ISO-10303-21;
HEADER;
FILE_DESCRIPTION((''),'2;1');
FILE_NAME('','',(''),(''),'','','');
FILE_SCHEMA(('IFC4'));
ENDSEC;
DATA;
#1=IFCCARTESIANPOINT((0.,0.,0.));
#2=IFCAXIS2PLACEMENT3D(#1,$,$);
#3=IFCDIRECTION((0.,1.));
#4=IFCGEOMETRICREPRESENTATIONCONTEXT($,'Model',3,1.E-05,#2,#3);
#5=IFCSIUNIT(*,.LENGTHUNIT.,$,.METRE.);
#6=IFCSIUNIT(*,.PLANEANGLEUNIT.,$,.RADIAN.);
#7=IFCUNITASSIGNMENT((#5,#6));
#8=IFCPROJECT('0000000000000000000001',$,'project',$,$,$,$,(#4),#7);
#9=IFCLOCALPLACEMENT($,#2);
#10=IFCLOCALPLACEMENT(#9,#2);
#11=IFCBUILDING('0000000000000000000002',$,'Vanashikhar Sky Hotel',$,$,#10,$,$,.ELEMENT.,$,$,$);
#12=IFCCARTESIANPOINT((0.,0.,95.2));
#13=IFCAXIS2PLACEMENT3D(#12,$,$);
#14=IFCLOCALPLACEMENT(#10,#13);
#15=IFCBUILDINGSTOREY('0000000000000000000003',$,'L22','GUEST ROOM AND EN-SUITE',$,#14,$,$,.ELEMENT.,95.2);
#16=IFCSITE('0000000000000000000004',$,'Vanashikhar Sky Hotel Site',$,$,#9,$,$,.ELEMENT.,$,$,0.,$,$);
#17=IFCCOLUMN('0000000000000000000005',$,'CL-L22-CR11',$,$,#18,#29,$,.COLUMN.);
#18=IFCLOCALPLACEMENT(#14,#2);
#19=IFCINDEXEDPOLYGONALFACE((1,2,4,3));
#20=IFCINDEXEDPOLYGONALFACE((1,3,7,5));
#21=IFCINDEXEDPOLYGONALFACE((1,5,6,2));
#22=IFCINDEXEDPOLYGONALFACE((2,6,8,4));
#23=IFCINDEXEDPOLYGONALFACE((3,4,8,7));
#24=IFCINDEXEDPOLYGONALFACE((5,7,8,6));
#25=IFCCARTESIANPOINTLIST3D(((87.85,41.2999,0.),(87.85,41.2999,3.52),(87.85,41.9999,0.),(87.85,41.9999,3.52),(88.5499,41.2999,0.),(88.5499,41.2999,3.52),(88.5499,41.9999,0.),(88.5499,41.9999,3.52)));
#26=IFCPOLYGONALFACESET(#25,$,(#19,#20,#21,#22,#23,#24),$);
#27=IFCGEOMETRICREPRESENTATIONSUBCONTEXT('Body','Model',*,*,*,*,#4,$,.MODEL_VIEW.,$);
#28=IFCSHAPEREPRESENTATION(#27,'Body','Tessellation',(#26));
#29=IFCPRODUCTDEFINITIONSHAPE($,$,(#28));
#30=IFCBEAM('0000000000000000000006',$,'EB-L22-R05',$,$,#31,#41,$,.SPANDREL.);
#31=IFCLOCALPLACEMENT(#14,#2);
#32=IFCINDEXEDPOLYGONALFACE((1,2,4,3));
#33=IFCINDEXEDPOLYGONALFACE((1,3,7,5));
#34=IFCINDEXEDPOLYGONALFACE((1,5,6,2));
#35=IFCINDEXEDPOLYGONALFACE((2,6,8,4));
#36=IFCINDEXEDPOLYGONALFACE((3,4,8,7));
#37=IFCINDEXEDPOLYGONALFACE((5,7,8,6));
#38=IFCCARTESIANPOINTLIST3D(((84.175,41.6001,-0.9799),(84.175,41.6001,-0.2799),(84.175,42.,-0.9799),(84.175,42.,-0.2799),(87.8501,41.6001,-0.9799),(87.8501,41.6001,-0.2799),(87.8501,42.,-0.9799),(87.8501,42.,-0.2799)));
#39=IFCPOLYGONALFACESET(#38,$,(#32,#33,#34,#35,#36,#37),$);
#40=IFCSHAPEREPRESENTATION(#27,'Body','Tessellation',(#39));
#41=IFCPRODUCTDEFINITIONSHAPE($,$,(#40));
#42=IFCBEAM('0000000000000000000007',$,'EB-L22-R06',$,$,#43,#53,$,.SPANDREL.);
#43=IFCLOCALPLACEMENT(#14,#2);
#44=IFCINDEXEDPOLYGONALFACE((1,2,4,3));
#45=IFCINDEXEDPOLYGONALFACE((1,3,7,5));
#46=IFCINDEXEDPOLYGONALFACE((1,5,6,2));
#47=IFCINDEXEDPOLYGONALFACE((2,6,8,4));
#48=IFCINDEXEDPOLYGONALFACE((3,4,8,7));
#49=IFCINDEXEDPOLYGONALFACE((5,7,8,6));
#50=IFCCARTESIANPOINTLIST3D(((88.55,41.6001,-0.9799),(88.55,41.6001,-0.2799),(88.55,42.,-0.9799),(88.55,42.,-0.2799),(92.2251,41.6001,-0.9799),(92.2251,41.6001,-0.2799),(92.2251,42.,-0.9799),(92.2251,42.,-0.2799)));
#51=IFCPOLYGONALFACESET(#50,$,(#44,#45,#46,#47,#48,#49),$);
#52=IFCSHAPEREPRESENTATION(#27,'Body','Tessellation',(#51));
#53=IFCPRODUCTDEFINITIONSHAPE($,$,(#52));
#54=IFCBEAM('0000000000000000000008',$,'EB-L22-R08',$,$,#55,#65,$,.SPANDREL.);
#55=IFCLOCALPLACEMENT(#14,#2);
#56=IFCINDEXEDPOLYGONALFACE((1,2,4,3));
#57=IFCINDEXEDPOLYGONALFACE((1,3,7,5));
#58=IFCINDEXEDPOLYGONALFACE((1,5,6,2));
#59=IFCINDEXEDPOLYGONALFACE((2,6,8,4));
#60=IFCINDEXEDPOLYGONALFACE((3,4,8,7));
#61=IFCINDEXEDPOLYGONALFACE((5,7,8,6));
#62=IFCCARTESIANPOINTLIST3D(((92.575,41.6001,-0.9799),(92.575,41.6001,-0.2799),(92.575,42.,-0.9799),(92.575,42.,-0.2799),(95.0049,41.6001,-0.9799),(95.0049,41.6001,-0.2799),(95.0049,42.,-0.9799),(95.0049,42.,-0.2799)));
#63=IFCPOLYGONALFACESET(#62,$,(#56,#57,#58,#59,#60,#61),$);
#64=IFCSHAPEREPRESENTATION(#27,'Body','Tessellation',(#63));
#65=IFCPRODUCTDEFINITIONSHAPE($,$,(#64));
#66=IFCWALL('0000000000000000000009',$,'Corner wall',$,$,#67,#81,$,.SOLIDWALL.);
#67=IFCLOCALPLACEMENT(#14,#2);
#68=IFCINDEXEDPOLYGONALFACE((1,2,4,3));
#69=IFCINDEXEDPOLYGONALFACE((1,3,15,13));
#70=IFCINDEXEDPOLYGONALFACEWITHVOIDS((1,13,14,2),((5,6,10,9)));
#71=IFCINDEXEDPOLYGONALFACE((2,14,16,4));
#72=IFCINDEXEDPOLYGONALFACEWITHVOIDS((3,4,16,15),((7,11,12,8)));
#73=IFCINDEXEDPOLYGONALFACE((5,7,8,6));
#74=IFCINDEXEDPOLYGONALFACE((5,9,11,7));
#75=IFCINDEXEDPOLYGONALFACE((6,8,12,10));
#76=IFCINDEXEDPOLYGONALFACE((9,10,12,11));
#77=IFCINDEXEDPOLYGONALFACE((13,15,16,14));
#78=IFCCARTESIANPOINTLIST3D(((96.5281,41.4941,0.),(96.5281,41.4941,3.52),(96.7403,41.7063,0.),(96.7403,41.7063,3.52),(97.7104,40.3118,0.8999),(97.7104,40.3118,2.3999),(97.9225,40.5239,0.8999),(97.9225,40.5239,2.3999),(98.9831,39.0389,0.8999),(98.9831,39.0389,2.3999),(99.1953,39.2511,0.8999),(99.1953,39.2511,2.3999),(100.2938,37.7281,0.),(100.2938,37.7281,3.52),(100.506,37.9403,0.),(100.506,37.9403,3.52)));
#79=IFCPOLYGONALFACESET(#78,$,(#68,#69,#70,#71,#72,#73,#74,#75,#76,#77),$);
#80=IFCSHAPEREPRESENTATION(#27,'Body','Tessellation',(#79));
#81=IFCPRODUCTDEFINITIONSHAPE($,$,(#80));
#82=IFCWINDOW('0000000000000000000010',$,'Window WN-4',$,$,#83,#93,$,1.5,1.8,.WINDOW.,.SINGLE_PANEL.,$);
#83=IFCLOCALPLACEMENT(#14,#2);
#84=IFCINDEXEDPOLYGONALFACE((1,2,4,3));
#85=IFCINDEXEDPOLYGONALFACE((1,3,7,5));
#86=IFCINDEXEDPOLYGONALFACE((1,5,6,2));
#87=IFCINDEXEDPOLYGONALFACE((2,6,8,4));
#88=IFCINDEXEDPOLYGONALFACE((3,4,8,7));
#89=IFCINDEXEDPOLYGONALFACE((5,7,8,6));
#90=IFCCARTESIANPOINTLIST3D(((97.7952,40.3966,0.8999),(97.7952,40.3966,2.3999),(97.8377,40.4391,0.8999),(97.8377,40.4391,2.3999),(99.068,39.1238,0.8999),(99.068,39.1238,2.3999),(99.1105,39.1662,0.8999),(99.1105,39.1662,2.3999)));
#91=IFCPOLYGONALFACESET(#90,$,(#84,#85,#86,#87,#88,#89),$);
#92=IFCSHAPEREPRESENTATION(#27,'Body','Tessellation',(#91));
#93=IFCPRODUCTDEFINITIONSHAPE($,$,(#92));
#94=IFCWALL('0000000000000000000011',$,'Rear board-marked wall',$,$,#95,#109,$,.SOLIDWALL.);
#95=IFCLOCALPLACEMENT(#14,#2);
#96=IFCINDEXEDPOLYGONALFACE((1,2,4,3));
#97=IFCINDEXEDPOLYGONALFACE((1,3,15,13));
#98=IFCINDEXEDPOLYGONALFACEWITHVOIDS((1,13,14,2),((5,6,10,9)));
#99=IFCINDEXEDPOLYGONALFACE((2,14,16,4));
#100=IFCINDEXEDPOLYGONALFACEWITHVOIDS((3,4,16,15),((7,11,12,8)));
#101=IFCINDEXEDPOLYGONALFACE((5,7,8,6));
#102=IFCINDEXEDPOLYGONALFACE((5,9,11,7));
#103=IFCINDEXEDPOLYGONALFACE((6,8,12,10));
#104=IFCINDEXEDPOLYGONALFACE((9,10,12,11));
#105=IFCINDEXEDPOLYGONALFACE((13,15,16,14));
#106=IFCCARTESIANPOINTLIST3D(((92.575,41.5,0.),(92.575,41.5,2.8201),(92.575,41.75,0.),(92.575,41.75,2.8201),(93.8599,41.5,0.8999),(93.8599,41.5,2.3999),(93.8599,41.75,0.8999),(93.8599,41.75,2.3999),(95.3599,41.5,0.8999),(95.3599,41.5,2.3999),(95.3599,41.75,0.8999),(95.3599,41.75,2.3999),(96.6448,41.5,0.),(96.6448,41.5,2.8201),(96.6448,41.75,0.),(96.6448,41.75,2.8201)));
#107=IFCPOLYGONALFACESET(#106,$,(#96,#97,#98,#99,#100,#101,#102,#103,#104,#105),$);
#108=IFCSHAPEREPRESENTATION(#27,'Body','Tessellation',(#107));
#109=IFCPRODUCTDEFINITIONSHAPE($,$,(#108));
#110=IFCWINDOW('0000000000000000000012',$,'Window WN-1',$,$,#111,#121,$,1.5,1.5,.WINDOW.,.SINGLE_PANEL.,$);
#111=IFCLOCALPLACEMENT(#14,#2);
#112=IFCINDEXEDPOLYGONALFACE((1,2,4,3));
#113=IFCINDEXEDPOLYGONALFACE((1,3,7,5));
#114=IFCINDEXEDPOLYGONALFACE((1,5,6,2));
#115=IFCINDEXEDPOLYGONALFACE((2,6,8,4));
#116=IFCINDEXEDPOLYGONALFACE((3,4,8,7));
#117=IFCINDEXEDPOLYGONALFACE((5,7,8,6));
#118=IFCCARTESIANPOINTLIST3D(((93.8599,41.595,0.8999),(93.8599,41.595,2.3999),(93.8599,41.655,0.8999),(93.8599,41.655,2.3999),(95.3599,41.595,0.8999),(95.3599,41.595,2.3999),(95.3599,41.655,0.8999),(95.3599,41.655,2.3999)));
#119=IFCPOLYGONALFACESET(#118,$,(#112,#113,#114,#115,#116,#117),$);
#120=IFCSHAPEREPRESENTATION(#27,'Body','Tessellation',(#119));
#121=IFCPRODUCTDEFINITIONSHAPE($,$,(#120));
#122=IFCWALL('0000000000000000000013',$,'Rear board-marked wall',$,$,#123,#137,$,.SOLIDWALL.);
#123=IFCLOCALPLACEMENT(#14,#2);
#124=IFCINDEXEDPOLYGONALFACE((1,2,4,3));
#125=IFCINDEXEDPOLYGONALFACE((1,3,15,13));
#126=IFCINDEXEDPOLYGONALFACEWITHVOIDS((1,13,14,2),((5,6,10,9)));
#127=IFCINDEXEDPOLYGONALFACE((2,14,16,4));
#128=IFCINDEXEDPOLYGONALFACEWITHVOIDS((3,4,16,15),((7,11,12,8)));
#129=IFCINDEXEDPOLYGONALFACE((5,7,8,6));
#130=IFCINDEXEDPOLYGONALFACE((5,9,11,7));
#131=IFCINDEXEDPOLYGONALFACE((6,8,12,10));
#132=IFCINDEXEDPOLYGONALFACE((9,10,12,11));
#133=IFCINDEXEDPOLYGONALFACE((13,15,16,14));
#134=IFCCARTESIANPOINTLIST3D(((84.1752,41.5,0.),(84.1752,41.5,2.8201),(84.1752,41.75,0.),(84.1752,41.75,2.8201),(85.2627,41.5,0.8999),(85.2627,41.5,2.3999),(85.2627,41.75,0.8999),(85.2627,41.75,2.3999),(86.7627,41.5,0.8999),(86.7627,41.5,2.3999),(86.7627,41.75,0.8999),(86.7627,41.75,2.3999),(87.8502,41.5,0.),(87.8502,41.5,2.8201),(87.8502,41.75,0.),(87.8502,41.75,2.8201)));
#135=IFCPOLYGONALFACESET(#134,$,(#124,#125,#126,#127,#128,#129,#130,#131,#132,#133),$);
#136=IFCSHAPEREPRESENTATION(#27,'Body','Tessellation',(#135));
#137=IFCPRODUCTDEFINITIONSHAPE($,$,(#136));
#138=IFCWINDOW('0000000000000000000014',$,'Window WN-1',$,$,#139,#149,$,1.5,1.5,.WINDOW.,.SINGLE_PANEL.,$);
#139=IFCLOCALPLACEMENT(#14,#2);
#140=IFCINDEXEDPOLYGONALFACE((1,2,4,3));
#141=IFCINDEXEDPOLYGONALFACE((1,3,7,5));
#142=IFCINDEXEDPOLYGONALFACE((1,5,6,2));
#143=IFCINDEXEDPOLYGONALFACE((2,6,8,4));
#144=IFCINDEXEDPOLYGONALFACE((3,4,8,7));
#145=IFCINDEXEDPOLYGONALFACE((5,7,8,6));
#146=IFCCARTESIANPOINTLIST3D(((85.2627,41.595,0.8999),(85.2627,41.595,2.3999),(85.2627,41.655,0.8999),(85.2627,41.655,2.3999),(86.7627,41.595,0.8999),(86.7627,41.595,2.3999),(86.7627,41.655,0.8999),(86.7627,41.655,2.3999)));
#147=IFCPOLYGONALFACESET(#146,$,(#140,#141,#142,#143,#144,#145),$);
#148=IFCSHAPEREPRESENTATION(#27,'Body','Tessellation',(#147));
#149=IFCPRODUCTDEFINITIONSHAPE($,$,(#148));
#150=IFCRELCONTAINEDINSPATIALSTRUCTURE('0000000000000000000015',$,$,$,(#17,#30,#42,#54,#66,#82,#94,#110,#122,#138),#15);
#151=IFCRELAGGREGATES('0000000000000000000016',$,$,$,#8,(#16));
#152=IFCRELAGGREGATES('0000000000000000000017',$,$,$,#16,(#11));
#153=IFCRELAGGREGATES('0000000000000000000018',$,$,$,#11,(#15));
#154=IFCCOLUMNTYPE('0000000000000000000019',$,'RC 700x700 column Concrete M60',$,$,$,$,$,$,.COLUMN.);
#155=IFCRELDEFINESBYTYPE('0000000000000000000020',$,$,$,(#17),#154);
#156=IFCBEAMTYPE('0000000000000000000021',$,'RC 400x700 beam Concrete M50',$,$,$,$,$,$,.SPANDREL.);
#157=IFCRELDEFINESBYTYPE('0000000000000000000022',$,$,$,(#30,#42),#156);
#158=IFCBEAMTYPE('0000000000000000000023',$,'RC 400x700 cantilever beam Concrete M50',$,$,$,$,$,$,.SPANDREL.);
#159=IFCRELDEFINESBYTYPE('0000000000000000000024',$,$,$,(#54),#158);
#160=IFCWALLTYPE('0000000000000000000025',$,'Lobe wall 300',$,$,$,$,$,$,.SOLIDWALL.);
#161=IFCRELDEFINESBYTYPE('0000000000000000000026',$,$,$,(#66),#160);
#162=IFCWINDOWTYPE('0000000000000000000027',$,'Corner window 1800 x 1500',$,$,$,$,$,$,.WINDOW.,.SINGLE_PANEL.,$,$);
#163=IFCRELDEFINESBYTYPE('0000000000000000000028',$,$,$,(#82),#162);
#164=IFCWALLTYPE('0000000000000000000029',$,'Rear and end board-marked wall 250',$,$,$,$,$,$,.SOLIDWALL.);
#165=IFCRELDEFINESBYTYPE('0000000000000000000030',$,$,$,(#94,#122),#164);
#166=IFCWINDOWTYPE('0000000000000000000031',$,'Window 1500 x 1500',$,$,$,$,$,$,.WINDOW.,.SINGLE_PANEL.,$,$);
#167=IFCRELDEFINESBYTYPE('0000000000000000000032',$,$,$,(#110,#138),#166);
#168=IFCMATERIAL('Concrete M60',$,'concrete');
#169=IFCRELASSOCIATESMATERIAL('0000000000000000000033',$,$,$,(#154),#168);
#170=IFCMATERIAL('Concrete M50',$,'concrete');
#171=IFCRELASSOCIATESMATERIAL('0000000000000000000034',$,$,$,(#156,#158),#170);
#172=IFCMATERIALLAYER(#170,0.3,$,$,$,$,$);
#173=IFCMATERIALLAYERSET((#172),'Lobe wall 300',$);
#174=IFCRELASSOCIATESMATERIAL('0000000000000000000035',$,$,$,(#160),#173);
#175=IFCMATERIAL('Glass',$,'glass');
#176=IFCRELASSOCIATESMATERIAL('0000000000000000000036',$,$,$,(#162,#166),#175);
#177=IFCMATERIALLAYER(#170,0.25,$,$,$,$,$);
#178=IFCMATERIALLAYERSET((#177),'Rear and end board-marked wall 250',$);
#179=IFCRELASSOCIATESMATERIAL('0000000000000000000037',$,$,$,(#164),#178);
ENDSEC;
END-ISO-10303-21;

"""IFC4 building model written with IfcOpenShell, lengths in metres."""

from ifc_helpers import new_model, si_unit, direction, frame, frame_2d, origin, origin_2d, place, context, subcontext, project, spatial, rectangle, extrude, source, transform, mapped, material, layer, layer_set, material_profile, profile_set, type_object, element, fill, save


model = new_model("IFC4")

# Units and contexts
model_context = context("Model", 3, precision=1e-05, world=origin(), true_north=direction((0.0, 1.0)))
body_context = subcontext(model_context, "Body", "Model", "MODEL_VIEW")
ifc_project = project(units=[si_unit("LENGTHUNIT", "METRE"), si_unit("PLANEANGLEUNIT", "RADIAN")], contexts=[model_context])

# Site, building, storey
site_placement = place(None, origin())
site = spatial("IfcSite", under=ifc_project, at=site_placement, Name="Vanashikhar Sky Hotel Site", CompositionType="ELEMENT", RefElevation=0.0)
building_placement = place(site_placement, origin())
building = spatial("IfcBuilding", under=site, at=building_placement, Name="Vanashikhar Sky Hotel", CompositionType="ELEMENT")
storey_placement = place(building_placement, frame((0.0, 0.0, 95.2)))
storey = spatial("IfcBuildingStorey", under=building, at=storey_placement, Name="L22", Description="GUEST ROOM AND EN-SUITE", CompositionType="ELEMENT", Elevation=95.2)

# Column
ifc_material_1 = material(Name="Concrete M60", Category="concrete")
ifc_material_profile_1 = material_profile(ifc_material_1, rectangle(XDim=0.7, YDim=0.7, at=origin_2d()))
ifc_profile_set_1 = profile_set([ifc_material_profile_1], Name="RC 700x700 column Concrete M60")
column_type = type_object("IfcColumnType", Name="RC 700x700 column Concrete M60", PredefinedType="COLUMN", material=ifc_profile_set_1)
shared_shape_1 = source(origin(), body_context, "Body", "SweptSolid", [
    extrude(rectangle(XDim=0.7, YDim=0.7, at=origin_2d()), origin(), (0.0, 0.0, 1.0), 3.52),
])
column_placement = place(storey_placement, frame((88.2, 41.6499, 0.0), z_axis=(0.0, 0.0, 1.0), x_axis=(1.0, 0.0, 0.0)))
element("IfcColumn", 1, at=column_placement, inside=storey, type_object=column_type, Name="CL-L22-CR11", PredefinedType="COLUMN", context=body_context, shape_type="MappedRepresentation", body=[
    mapped(shared_shape_1, transform((0.0, 0.0, 0.0), scale=1.0)),
])

# Beams
ifc_material_2 = material(Name="Concrete M50", Category="concrete")
ifc_material_profile_2 = material_profile(ifc_material_2, rectangle(XDim=0.3999, YDim=0.7, at=origin_2d()))
ifc_profile_set_2 = profile_set([ifc_material_profile_2], Name="RC 400x700 beam Concrete M50")
beam_type_1 = type_object("IfcBeamType", Name="RC 400x700 beam Concrete M50", PredefinedType="SPANDREL", material=ifc_profile_set_2)
shared_shape_2 = source(origin(), body_context, "Body", "SweptSolid", [
    extrude(rectangle(XDim=0.3999, YDim=0.7, at=origin_2d()), origin(), (0.0, 0.0, 1.0), 3.675),
])
for number, where, z_axis, x_axis, name in (
    (2, (84.175, 41.8, -0.6299), (1.0, 0.0, 0.0), (0.0, 1.0, 0.0), "EB-L22-R05"),
    (3, (88.55, 41.8, -0.6299), (1.0, 0.0, 0.0), (0.0, 1.0, 0.0), "EB-L22-R06"),
):
    element("IfcBeam", number, at=place(storey_placement, frame(where, z_axis=z_axis, x_axis=x_axis)), inside=storey, type_object=beam_type_1, Name=name, PredefinedType="SPANDREL", context=body_context, shape_type="MappedRepresentation", body=[
        mapped(shared_shape_2, transform((0.0, 0.0, 0.0), scale=1.0)),
    ])
ifc_material_profile_3 = material_profile(ifc_material_2, rectangle(XDim=0.3999, YDim=0.7, at=origin_2d()))
ifc_profile_set_3 = profile_set([ifc_material_profile_3], Name="RC 400x700 cantilever beam Concrete M50")
beam_type_2 = type_object("IfcBeamType", Name="RC 400x700 cantilever beam Concrete M50", PredefinedType="SPANDREL", material=ifc_profile_set_3)
shared_shape_3 = source(origin(), body_context, "Body", "SweptSolid", [
    extrude(rectangle(XDim=0.3999, YDim=0.7, at=origin_2d()), origin(), (0.0, 0.0, 1.0), 2.4299),
])
beam_placement = place(storey_placement, frame((92.575, 41.8, -0.6299), z_axis=(1.0, 0.0, 0.0), x_axis=(0.0, 1.0, 0.0)))
element("IfcBeam", 4, at=beam_placement, inside=storey, type_object=beam_type_2, Name="EB-L22-R08", PredefinedType="SPANDREL", context=body_context, shape_type="MappedRepresentation", body=[
    mapped(shared_shape_3, transform((0.0, 0.0, 0.0), scale=1.0)),
])

# Walls, openings, windows
ifc_layer_1 = layer(ifc_material_2, 0.3)
ifc_layer_set_1 = layer_set([ifc_layer_1], Name="Lobe wall 300")
wall_type_1 = type_object("IfcWallType", Name="Lobe wall 300", PredefinedType="SOLIDWALL", material=ifc_layer_set_1)
shared_shape_4 = source(origin(), body_context, "Body", "SweptSolid", [
    extrude(rectangle(XDim=5.3257, YDim=0.3, at=frame_2d((2.6628, 0.0))), origin(), (0.0, 0.0, 1.0), 3.52),
])
wall_1_placement = place(storey_placement, frame((100.3999, 37.8342, 0.0), z_axis=(0.0, 0.0, 1.0), x_axis=(-0.707084, 0.70713, 0.0)))
wall_1 = element("IfcWall", 5, at=wall_1_placement, inside=storey, type_object=wall_type_1, Name="Corner wall", PredefinedType="SOLIDWALL", context=body_context, shape_type="MappedRepresentation", body=[
    mapped(shared_shape_4, transform((0.0, 0.0, 0.0), scale=1.0)),
])
shared_shape_5 = source(origin(), body_context, "Body", "SweptSolid", [
    extrude(rectangle(XDim=1.8, YDim=1.5, at=frame_2d((0.8999, 0.75))), frame((0.0, 0.1602, 0.0), z_axis=(0.0, -1.0, 0.0), x_axis=(1.0, 0.0, 0.0)), (0.0, 0.0, 1.0), 0.3201),
])
opening_1_placement = place(wall_1_placement, frame((1.8538, 0.0, 0.8999)))
opening_1 = element("IfcOpeningElement", 6, at=opening_1_placement, cuts=wall_1, PredefinedType="OPENING", context=body_context, shape_type="MappedRepresentation", body=[
    mapped(shared_shape_5, transform((0.0, 0.0, 0.0), scale=1.0)),
])
ifc_material_3 = material(Name="Glass", Category="glass")
window_type_1 = type_object("IfcWindowType", Name="Corner window 1800 x 1500", PartitioningType="SINGLE_PANEL", PredefinedType="WINDOW", material=ifc_material_3)
shared_shape_6 = source(origin(), body_context, "Body", "SweptSolid", [
    extrude(rectangle(XDim=1.8, YDim=1.5, at=frame_2d((0.8999, 0.75))), frame((0.0, 0.03, 0.0), z_axis=(0.0, -1.0, 0.0), x_axis=(1.0, 0.0, 0.0)), (0.0, 0.0, 1.0), 0.0601),
])
window_1_placement = place(opening_1_placement, origin())
window_1 = element("IfcWindow", 7, at=window_1_placement, inside=storey, type_object=window_type_1, Name="Window WN-4", OverallHeight=1.5, OverallWidth=1.8, PartitioningType="SINGLE_PANEL", PredefinedType="WINDOW", context=body_context, shape_type="MappedRepresentation", body=[
    mapped(shared_shape_6, transform((0.0, 0.0, 0.0), scale=1.0)),
])
fill(opening_1, window_1)
ifc_layer_2 = layer(ifc_material_2, 0.25)
ifc_layer_set_2 = layer_set([ifc_layer_2], Name="Rear and end board-marked wall 250")
wall_type_2 = type_object("IfcWallType", Name="Rear and end board-marked wall 250", PredefinedType="SOLIDWALL", material=ifc_layer_set_2)
shared_shape_7 = source(origin(), body_context, "Body", "SweptSolid", [
    extrude(rectangle(XDim=4.0698, YDim=0.25, at=frame_2d((2.0349, 0.0))), origin(), (0.0, 0.0, 1.0), 2.8201),
])
wall_2_placement = place(storey_placement, frame((96.6448, 41.625, 0.0), z_axis=(0.0, 0.0, 1.0), x_axis=(-1.0, 0.0, 0.0)))
wall_2 = element("IfcWall", 8, at=wall_2_placement, inside=storey, type_object=wall_type_2, Name="Rear board-marked wall", PredefinedType="SOLIDWALL", context=body_context, shape_type="MappedRepresentation", body=[
    mapped(shared_shape_7, transform((0.0, 0.0, 0.0), scale=1.0)),
])
shared_shape_8 = source(origin(), body_context, "Body", "SweptSolid", [
    extrude(rectangle(XDim=1.5, YDim=1.5, at=frame_2d((0.75, 0.75))), frame((0.0, 0.135, 0.0), z_axis=(0.0, -1.0, 0.0), x_axis=(1.0, 0.0, 0.0)), (0.0, 0.0, 1.0), 0.27),
])
opening_2_placement = place(wall_2_placement, frame((1.2849, 0.0, 0.8999)))
opening_2 = element("IfcOpeningElement", 9, at=opening_2_placement, cuts=wall_2, PredefinedType="OPENING", context=body_context, shape_type="MappedRepresentation", body=[
    mapped(shared_shape_8, transform((0.0, 0.0, 0.0), scale=1.0)),
])
window_type_2 = type_object("IfcWindowType", Name="Window 1500 x 1500", PartitioningType="SINGLE_PANEL", PredefinedType="WINDOW", material=ifc_material_3)
shared_shape_9 = source(origin(), body_context, "Body", "SweptSolid", [
    extrude(rectangle(XDim=1.5, YDim=1.5, at=frame_2d((0.75, 0.75))), frame((0.0, 0.03, 0.0), z_axis=(0.0, -1.0, 0.0), x_axis=(1.0, 0.0, 0.0)), (0.0, 0.0, 1.0), 0.0601),
])
window_2_placement = place(opening_2_placement, origin())
window_2 = element("IfcWindow", 10, at=window_2_placement, inside=storey, type_object=window_type_2, Name="Window WN-1", OverallHeight=1.5, OverallWidth=1.5, PartitioningType="SINGLE_PANEL", PredefinedType="WINDOW", context=body_context, shape_type="MappedRepresentation", body=[
    mapped(shared_shape_9, transform((0.0, 0.0, 0.0), scale=1.0)),
])
fill(opening_2, window_2)
shared_shape_10 = source(origin(), body_context, "Body", "SweptSolid", [
    extrude(rectangle(XDim=3.675, YDim=0.25, at=frame_2d((1.8374, 0.0))), origin(), (0.0, 0.0, 1.0), 2.8201),
])
wall_3_placement = place(storey_placement, frame((87.8501, 41.625, 0.0), z_axis=(0.0, 0.0, 1.0), x_axis=(-1.0, 0.0, 0.0)))
wall_3 = element("IfcWall", 11, at=wall_3_placement, inside=storey, type_object=wall_type_2, Name="Rear board-marked wall", PredefinedType="SOLIDWALL", context=body_context, shape_type="MappedRepresentation", body=[
    mapped(shared_shape_10, transform((0.0, 0.0, 0.0), scale=1.0)),
])
opening_3_placement = place(wall_3_placement, frame((1.0874, 0.0, 0.8999)))
opening_3 = element("IfcOpeningElement", 12, at=opening_3_placement, cuts=wall_3, PredefinedType="OPENING", context=body_context, shape_type="MappedRepresentation", body=[
    mapped(shared_shape_8, transform((0.0, 0.0, 0.0), scale=1.0)),
])
window_3_placement = place(opening_3_placement, origin())
window_3 = element("IfcWindow", 13, at=window_3_placement, inside=storey, type_object=window_type_2, Name="Window WN-1", OverallHeight=1.5, OverallWidth=1.5, PartitioningType="SINGLE_PANEL", PredefinedType="WINDOW", context=body_context, shape_type="MappedRepresentation", body=[
    mapped(shared_shape_9, transform((0.0, 0.0, 0.0), scale=1.0)),
])
fill(opening_3, window_3)

save(model, "model.ifc")
